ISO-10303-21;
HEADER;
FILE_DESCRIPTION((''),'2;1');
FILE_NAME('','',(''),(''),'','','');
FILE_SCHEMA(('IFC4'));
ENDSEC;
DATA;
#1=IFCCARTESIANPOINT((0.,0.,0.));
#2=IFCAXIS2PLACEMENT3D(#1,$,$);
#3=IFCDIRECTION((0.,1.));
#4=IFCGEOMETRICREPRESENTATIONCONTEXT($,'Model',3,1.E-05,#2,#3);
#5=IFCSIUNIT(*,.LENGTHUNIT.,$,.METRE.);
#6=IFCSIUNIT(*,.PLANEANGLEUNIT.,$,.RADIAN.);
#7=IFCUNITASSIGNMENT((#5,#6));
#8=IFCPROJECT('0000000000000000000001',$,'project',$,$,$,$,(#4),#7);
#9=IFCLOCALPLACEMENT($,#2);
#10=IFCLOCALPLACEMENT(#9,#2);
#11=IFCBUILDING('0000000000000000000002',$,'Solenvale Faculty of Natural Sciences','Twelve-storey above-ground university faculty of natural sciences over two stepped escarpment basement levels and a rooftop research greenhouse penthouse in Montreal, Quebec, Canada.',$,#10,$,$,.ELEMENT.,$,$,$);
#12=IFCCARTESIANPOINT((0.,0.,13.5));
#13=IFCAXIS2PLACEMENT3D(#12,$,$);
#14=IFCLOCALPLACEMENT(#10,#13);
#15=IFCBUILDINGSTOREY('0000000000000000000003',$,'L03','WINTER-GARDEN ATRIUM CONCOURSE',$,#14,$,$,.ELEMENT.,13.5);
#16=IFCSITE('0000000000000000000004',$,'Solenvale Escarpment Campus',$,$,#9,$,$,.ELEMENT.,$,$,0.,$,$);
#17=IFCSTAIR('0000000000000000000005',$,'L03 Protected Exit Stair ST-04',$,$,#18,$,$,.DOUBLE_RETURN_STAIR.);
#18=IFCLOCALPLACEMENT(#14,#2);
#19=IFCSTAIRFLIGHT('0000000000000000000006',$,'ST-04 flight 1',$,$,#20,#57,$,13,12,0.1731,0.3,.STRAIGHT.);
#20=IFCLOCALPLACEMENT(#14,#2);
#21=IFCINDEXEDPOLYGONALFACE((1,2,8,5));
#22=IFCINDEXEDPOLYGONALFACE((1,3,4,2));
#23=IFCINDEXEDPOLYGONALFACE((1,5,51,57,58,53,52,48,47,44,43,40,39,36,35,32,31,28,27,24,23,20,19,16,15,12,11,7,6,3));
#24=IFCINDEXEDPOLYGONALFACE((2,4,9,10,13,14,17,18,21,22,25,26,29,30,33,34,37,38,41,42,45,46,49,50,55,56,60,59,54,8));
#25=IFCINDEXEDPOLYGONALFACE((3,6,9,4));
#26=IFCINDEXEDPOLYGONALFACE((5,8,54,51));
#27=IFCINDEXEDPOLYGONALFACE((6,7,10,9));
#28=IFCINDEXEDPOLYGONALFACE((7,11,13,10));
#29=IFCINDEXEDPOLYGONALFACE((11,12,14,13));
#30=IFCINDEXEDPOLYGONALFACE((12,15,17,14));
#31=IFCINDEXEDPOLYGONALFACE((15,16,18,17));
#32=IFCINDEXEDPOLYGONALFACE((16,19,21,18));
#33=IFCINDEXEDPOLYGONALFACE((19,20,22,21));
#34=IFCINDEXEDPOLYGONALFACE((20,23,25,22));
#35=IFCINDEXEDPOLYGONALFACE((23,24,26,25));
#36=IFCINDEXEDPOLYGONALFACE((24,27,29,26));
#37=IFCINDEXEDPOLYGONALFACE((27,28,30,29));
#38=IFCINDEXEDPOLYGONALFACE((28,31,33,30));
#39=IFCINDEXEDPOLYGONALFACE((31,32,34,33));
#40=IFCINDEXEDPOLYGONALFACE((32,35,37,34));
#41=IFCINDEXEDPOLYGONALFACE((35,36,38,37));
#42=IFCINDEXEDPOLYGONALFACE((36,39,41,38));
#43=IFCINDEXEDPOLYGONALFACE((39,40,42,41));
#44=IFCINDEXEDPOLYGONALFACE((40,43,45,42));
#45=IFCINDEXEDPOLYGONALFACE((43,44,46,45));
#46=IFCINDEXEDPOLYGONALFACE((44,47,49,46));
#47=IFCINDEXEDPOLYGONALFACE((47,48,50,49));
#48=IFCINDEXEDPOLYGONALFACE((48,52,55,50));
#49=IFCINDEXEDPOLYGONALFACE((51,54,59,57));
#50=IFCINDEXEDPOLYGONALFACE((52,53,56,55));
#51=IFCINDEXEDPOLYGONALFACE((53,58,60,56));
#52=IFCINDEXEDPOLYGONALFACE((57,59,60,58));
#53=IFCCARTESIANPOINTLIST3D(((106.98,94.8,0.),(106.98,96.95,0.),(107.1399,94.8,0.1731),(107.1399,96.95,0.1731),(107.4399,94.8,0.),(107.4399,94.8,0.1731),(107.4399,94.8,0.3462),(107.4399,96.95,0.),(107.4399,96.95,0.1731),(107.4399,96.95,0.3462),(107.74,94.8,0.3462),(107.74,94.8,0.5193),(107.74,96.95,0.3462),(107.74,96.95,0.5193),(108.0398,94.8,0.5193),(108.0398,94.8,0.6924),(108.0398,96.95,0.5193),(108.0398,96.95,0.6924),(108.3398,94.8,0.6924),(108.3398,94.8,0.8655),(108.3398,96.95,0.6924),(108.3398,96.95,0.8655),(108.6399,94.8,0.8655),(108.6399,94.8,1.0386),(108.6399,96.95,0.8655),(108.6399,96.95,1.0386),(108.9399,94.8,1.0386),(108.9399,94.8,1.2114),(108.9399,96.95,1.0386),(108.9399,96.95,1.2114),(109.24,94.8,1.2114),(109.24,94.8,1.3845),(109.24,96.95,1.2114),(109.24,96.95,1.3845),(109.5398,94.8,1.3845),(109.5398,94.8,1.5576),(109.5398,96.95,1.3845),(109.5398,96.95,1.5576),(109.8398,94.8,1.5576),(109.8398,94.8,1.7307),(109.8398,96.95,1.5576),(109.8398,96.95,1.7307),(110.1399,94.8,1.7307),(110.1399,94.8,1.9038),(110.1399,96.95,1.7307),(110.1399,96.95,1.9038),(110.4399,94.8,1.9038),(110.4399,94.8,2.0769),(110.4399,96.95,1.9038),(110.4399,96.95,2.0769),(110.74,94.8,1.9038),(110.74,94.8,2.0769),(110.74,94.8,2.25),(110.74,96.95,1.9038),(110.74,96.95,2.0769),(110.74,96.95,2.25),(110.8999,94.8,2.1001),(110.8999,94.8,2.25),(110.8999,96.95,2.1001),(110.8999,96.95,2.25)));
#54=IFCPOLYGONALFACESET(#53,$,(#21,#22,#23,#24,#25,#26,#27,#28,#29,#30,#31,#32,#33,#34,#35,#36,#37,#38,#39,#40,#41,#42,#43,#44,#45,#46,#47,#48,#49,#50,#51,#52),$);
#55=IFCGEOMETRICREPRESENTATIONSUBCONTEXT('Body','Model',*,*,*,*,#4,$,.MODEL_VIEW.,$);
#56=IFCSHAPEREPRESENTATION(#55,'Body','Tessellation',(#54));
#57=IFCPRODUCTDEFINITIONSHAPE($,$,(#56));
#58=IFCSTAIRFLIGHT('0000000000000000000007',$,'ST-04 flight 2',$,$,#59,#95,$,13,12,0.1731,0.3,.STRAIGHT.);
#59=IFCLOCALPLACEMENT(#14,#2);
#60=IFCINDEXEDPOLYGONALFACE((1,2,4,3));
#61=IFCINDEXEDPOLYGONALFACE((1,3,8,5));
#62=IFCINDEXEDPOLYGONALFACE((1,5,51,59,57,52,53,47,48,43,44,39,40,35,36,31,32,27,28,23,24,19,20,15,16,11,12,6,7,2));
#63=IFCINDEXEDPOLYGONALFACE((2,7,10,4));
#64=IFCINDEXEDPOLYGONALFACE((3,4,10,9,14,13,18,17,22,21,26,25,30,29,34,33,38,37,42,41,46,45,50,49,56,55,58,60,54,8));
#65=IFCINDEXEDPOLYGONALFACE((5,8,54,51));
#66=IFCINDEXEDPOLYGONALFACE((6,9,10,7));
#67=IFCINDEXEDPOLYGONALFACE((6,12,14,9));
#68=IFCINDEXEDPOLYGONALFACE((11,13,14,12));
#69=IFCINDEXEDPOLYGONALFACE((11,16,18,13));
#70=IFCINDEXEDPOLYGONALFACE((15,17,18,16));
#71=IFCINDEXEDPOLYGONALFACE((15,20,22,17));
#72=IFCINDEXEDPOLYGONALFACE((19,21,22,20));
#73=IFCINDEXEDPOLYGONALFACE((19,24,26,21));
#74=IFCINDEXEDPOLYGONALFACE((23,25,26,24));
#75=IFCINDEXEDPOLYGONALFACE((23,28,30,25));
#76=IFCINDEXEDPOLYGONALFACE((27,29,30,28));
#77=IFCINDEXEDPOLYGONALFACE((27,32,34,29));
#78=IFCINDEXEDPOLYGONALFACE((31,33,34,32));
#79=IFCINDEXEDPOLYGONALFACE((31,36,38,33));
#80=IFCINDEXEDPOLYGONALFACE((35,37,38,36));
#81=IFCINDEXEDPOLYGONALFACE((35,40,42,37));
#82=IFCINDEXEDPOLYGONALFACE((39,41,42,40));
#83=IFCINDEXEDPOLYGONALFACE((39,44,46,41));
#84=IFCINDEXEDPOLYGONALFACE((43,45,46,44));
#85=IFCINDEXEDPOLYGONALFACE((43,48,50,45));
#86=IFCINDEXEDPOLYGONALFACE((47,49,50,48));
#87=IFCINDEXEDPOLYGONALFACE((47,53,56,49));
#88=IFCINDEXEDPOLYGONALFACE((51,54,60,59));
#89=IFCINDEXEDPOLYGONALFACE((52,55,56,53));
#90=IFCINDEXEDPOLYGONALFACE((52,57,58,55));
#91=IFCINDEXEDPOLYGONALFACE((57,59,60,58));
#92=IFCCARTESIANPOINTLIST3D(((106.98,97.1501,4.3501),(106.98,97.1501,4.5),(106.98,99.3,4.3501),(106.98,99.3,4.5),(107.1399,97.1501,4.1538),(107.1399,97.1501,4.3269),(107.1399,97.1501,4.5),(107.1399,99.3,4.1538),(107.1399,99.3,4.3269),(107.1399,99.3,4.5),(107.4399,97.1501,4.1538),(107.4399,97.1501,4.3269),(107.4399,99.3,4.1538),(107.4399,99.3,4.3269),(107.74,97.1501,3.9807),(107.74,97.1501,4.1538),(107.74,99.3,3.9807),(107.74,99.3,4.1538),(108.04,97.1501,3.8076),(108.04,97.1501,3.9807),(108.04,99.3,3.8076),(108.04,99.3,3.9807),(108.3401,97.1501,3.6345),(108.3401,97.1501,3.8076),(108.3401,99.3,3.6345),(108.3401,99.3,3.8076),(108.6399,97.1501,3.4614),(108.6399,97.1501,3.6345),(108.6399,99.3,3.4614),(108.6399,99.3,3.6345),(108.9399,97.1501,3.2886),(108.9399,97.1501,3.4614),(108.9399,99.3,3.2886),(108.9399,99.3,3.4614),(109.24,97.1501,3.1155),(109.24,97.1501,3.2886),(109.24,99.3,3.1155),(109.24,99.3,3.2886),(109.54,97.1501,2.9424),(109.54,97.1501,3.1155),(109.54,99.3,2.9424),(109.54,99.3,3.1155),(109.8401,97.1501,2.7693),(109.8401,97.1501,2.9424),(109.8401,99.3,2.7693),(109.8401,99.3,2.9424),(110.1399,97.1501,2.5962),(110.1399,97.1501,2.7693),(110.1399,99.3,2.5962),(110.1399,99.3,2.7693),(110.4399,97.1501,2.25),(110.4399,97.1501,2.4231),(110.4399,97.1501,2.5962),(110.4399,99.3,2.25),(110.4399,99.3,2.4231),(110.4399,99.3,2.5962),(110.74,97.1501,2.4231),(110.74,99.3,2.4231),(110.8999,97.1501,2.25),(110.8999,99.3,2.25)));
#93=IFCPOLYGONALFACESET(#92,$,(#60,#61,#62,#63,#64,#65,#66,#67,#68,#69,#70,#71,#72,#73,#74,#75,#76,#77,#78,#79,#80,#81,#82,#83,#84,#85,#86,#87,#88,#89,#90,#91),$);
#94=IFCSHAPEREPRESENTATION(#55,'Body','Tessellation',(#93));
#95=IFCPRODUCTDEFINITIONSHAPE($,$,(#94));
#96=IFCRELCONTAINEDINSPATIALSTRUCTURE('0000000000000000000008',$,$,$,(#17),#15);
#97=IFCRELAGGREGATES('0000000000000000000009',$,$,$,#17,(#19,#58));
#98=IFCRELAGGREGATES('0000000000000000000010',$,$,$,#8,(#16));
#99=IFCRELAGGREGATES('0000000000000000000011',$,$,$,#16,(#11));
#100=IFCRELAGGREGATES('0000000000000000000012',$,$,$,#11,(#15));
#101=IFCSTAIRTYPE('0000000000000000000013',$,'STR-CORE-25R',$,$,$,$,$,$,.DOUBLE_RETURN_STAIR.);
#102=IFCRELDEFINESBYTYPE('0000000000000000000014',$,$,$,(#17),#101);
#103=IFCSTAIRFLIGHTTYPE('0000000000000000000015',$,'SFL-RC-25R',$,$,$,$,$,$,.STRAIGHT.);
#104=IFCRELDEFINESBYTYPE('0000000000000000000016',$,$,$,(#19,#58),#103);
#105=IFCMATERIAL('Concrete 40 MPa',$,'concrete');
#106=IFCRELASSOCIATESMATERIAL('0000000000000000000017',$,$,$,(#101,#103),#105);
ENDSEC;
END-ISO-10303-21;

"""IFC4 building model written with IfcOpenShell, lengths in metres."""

from ifc_helpers import new_model, si_unit, direction, frame, origin, place, context, subcontext, project, spatial, polyline, outline, extrude, material, type_object, element, aggregate, save


model = new_model("IFC4")

# Units and contexts
model_context = context("Model", 3, precision=1e-05, world=origin(), true_north=direction((0.0, 1.0)))
body_context = subcontext(model_context, "Body", "Model", "MODEL_VIEW")
ifc_project = project(units=[si_unit("LENGTHUNIT", "METRE"), si_unit("PLANEANGLEUNIT", "RADIAN")], contexts=[model_context])

# Site, building, storey
site_placement = place(None, origin())
site = spatial("IfcSite", under=ifc_project, at=site_placement, Name="Solenvale Escarpment Campus", CompositionType="ELEMENT", RefElevation=0.0)
building_placement = place(site_placement, origin())
building = spatial("IfcBuilding", under=site, at=building_placement, Name="Solenvale Faculty of Natural Sciences", Description="Twelve-storey above-ground university faculty of natural sciences over two stepped escarpment basement levels and a rooftop research greenhouse penthouse in Montreal, Quebec, Canada.", CompositionType="ELEMENT")
storey_placement = place(building_placement, frame((0.0, 0.0, 13.5)))
storey = spatial("IfcBuildingStorey", under=building, at=storey_placement, Name="L03", Description="WINTER-GARDEN ATRIUM CONCOURSE", CompositionType="ELEMENT", Elevation=13.5)

# Shared definitions
ifc_material_1 = material(Name="Concrete 40 MPa", Category="concrete")

# Stair, stair flights
stair_type = type_object("IfcStairType", Name="STR-CORE-25R", PredefinedType="DOUBLE_RETURN_STAIR", material=ifc_material_1)
stair_placement = place(storey_placement, origin())
stair = element("IfcStair", 1, at=stair_placement, inside=storey, type_object=stair_type, Name="L03 Protected Exit Stair ST-04", PredefinedType="DOUBLE_RETURN_STAIR")
stair_flight_type = type_object("IfcStairFlightType", Name="SFL-RC-25R", PredefinedType="STRAIGHT", material=ifc_material_1)
stair_flight_1_placement = place(storey_placement, frame((107.1399, 95.875, 0.0), z_axis=(0.0, 0.0, 1.0), x_axis=(1.0, 0.0, 0.0)))
stair_flight_1 = element("IfcStairFlight", 2, at=stair_flight_1_placement, type_object=stair_flight_type, Name="ST-04 flight 1", NumberOfRisers=13, NumberOfTreads=12, PredefinedType="STRAIGHT", RiserHeight=0.1731, TreadLength=0.3, context=body_context, shape_type="SweptSolid", body=[
    extrude(outline(polyline([(-0.1599, 0.0), (0.0, 0.1731), (0.3, 0.1731), (0.3, 0.3462), (0.6001, 0.3462), (0.6001, 0.5193), (0.8999, 0.5193), (0.8999, 0.6924), (1.2, 0.6924), (1.2, 0.8655), (1.5, 0.8655), (1.5, 1.0386), (1.8, 1.0386), (1.8, 1.2114), (2.1001, 1.2114), (2.1001, 1.3845), (2.3999, 1.3845), (2.3999, 1.5576), (2.7, 1.5576), (2.7, 1.7307), (3.0, 1.7307), (3.0, 1.9038), (3.3, 1.9038), (3.3, 2.0769), (3.6001, 2.0769), (3.6001, 2.25), (3.76, 2.25), (3.76, 2.1001), (3.6001, 1.9038), (0.3, 0.0), (-0.1599, 0.0)])), frame((0.0, 1.075, 0.0), z_axis=(0.0, -1.0, 0.0), x_axis=(1.0, 0.0, 0.0)), (0.0, 0.0, 1.0), 2.1499),
])
stair_flight_2_placement = place(storey_placement, frame((110.74, 98.2251, 2.25), z_axis=(0.0, 0.0, 1.0), x_axis=(-1.0, 0.0, 0.0)))
stair_flight_2 = element("IfcStairFlight", 3, at=stair_flight_2_placement, type_object=stair_flight_type, Name="ST-04 flight 2", NumberOfRisers=13, NumberOfTreads=12, PredefinedType="STRAIGHT", RiserHeight=0.1731, TreadLength=0.3, context=body_context, shape_type="SweptSolid", body=[
    extrude(outline(polyline([(-0.1599, 0.0), (0.0, 0.1731), (0.3, 0.1731), (0.3, 0.3462), (0.6001, 0.3462), (0.6001, 0.5193), (0.8999, 0.5193), (0.8999, 0.6924), (1.2, 0.6924), (1.2, 0.8655), (1.5, 0.8655), (1.5, 1.0386), (1.8, 1.0386), (1.8, 1.2114), (2.1001, 1.2114), (2.1001, 1.3845), (2.3999, 1.3845), (2.3999, 1.5576), (2.7, 1.5576), (2.7, 1.7307), (3.0, 1.7307), (3.0, 1.9038), (3.3, 1.9038), (3.3, 2.0769), (3.6001, 2.0769), (3.6001, 2.25), (3.76, 2.25), (3.76, 2.1001), (3.6001, 1.9038), (0.3, 0.0), (-0.1599, 0.0)])), frame((0.0, 1.075, 0.0), z_axis=(0.0, -1.0, 0.0), x_axis=(1.0, 0.0, 0.0)), (0.0, 0.0, 1.0), 2.1499),
])
aggregate(stair, [stair_flight_1, stair_flight_2])

save(model, "model.ifc")
